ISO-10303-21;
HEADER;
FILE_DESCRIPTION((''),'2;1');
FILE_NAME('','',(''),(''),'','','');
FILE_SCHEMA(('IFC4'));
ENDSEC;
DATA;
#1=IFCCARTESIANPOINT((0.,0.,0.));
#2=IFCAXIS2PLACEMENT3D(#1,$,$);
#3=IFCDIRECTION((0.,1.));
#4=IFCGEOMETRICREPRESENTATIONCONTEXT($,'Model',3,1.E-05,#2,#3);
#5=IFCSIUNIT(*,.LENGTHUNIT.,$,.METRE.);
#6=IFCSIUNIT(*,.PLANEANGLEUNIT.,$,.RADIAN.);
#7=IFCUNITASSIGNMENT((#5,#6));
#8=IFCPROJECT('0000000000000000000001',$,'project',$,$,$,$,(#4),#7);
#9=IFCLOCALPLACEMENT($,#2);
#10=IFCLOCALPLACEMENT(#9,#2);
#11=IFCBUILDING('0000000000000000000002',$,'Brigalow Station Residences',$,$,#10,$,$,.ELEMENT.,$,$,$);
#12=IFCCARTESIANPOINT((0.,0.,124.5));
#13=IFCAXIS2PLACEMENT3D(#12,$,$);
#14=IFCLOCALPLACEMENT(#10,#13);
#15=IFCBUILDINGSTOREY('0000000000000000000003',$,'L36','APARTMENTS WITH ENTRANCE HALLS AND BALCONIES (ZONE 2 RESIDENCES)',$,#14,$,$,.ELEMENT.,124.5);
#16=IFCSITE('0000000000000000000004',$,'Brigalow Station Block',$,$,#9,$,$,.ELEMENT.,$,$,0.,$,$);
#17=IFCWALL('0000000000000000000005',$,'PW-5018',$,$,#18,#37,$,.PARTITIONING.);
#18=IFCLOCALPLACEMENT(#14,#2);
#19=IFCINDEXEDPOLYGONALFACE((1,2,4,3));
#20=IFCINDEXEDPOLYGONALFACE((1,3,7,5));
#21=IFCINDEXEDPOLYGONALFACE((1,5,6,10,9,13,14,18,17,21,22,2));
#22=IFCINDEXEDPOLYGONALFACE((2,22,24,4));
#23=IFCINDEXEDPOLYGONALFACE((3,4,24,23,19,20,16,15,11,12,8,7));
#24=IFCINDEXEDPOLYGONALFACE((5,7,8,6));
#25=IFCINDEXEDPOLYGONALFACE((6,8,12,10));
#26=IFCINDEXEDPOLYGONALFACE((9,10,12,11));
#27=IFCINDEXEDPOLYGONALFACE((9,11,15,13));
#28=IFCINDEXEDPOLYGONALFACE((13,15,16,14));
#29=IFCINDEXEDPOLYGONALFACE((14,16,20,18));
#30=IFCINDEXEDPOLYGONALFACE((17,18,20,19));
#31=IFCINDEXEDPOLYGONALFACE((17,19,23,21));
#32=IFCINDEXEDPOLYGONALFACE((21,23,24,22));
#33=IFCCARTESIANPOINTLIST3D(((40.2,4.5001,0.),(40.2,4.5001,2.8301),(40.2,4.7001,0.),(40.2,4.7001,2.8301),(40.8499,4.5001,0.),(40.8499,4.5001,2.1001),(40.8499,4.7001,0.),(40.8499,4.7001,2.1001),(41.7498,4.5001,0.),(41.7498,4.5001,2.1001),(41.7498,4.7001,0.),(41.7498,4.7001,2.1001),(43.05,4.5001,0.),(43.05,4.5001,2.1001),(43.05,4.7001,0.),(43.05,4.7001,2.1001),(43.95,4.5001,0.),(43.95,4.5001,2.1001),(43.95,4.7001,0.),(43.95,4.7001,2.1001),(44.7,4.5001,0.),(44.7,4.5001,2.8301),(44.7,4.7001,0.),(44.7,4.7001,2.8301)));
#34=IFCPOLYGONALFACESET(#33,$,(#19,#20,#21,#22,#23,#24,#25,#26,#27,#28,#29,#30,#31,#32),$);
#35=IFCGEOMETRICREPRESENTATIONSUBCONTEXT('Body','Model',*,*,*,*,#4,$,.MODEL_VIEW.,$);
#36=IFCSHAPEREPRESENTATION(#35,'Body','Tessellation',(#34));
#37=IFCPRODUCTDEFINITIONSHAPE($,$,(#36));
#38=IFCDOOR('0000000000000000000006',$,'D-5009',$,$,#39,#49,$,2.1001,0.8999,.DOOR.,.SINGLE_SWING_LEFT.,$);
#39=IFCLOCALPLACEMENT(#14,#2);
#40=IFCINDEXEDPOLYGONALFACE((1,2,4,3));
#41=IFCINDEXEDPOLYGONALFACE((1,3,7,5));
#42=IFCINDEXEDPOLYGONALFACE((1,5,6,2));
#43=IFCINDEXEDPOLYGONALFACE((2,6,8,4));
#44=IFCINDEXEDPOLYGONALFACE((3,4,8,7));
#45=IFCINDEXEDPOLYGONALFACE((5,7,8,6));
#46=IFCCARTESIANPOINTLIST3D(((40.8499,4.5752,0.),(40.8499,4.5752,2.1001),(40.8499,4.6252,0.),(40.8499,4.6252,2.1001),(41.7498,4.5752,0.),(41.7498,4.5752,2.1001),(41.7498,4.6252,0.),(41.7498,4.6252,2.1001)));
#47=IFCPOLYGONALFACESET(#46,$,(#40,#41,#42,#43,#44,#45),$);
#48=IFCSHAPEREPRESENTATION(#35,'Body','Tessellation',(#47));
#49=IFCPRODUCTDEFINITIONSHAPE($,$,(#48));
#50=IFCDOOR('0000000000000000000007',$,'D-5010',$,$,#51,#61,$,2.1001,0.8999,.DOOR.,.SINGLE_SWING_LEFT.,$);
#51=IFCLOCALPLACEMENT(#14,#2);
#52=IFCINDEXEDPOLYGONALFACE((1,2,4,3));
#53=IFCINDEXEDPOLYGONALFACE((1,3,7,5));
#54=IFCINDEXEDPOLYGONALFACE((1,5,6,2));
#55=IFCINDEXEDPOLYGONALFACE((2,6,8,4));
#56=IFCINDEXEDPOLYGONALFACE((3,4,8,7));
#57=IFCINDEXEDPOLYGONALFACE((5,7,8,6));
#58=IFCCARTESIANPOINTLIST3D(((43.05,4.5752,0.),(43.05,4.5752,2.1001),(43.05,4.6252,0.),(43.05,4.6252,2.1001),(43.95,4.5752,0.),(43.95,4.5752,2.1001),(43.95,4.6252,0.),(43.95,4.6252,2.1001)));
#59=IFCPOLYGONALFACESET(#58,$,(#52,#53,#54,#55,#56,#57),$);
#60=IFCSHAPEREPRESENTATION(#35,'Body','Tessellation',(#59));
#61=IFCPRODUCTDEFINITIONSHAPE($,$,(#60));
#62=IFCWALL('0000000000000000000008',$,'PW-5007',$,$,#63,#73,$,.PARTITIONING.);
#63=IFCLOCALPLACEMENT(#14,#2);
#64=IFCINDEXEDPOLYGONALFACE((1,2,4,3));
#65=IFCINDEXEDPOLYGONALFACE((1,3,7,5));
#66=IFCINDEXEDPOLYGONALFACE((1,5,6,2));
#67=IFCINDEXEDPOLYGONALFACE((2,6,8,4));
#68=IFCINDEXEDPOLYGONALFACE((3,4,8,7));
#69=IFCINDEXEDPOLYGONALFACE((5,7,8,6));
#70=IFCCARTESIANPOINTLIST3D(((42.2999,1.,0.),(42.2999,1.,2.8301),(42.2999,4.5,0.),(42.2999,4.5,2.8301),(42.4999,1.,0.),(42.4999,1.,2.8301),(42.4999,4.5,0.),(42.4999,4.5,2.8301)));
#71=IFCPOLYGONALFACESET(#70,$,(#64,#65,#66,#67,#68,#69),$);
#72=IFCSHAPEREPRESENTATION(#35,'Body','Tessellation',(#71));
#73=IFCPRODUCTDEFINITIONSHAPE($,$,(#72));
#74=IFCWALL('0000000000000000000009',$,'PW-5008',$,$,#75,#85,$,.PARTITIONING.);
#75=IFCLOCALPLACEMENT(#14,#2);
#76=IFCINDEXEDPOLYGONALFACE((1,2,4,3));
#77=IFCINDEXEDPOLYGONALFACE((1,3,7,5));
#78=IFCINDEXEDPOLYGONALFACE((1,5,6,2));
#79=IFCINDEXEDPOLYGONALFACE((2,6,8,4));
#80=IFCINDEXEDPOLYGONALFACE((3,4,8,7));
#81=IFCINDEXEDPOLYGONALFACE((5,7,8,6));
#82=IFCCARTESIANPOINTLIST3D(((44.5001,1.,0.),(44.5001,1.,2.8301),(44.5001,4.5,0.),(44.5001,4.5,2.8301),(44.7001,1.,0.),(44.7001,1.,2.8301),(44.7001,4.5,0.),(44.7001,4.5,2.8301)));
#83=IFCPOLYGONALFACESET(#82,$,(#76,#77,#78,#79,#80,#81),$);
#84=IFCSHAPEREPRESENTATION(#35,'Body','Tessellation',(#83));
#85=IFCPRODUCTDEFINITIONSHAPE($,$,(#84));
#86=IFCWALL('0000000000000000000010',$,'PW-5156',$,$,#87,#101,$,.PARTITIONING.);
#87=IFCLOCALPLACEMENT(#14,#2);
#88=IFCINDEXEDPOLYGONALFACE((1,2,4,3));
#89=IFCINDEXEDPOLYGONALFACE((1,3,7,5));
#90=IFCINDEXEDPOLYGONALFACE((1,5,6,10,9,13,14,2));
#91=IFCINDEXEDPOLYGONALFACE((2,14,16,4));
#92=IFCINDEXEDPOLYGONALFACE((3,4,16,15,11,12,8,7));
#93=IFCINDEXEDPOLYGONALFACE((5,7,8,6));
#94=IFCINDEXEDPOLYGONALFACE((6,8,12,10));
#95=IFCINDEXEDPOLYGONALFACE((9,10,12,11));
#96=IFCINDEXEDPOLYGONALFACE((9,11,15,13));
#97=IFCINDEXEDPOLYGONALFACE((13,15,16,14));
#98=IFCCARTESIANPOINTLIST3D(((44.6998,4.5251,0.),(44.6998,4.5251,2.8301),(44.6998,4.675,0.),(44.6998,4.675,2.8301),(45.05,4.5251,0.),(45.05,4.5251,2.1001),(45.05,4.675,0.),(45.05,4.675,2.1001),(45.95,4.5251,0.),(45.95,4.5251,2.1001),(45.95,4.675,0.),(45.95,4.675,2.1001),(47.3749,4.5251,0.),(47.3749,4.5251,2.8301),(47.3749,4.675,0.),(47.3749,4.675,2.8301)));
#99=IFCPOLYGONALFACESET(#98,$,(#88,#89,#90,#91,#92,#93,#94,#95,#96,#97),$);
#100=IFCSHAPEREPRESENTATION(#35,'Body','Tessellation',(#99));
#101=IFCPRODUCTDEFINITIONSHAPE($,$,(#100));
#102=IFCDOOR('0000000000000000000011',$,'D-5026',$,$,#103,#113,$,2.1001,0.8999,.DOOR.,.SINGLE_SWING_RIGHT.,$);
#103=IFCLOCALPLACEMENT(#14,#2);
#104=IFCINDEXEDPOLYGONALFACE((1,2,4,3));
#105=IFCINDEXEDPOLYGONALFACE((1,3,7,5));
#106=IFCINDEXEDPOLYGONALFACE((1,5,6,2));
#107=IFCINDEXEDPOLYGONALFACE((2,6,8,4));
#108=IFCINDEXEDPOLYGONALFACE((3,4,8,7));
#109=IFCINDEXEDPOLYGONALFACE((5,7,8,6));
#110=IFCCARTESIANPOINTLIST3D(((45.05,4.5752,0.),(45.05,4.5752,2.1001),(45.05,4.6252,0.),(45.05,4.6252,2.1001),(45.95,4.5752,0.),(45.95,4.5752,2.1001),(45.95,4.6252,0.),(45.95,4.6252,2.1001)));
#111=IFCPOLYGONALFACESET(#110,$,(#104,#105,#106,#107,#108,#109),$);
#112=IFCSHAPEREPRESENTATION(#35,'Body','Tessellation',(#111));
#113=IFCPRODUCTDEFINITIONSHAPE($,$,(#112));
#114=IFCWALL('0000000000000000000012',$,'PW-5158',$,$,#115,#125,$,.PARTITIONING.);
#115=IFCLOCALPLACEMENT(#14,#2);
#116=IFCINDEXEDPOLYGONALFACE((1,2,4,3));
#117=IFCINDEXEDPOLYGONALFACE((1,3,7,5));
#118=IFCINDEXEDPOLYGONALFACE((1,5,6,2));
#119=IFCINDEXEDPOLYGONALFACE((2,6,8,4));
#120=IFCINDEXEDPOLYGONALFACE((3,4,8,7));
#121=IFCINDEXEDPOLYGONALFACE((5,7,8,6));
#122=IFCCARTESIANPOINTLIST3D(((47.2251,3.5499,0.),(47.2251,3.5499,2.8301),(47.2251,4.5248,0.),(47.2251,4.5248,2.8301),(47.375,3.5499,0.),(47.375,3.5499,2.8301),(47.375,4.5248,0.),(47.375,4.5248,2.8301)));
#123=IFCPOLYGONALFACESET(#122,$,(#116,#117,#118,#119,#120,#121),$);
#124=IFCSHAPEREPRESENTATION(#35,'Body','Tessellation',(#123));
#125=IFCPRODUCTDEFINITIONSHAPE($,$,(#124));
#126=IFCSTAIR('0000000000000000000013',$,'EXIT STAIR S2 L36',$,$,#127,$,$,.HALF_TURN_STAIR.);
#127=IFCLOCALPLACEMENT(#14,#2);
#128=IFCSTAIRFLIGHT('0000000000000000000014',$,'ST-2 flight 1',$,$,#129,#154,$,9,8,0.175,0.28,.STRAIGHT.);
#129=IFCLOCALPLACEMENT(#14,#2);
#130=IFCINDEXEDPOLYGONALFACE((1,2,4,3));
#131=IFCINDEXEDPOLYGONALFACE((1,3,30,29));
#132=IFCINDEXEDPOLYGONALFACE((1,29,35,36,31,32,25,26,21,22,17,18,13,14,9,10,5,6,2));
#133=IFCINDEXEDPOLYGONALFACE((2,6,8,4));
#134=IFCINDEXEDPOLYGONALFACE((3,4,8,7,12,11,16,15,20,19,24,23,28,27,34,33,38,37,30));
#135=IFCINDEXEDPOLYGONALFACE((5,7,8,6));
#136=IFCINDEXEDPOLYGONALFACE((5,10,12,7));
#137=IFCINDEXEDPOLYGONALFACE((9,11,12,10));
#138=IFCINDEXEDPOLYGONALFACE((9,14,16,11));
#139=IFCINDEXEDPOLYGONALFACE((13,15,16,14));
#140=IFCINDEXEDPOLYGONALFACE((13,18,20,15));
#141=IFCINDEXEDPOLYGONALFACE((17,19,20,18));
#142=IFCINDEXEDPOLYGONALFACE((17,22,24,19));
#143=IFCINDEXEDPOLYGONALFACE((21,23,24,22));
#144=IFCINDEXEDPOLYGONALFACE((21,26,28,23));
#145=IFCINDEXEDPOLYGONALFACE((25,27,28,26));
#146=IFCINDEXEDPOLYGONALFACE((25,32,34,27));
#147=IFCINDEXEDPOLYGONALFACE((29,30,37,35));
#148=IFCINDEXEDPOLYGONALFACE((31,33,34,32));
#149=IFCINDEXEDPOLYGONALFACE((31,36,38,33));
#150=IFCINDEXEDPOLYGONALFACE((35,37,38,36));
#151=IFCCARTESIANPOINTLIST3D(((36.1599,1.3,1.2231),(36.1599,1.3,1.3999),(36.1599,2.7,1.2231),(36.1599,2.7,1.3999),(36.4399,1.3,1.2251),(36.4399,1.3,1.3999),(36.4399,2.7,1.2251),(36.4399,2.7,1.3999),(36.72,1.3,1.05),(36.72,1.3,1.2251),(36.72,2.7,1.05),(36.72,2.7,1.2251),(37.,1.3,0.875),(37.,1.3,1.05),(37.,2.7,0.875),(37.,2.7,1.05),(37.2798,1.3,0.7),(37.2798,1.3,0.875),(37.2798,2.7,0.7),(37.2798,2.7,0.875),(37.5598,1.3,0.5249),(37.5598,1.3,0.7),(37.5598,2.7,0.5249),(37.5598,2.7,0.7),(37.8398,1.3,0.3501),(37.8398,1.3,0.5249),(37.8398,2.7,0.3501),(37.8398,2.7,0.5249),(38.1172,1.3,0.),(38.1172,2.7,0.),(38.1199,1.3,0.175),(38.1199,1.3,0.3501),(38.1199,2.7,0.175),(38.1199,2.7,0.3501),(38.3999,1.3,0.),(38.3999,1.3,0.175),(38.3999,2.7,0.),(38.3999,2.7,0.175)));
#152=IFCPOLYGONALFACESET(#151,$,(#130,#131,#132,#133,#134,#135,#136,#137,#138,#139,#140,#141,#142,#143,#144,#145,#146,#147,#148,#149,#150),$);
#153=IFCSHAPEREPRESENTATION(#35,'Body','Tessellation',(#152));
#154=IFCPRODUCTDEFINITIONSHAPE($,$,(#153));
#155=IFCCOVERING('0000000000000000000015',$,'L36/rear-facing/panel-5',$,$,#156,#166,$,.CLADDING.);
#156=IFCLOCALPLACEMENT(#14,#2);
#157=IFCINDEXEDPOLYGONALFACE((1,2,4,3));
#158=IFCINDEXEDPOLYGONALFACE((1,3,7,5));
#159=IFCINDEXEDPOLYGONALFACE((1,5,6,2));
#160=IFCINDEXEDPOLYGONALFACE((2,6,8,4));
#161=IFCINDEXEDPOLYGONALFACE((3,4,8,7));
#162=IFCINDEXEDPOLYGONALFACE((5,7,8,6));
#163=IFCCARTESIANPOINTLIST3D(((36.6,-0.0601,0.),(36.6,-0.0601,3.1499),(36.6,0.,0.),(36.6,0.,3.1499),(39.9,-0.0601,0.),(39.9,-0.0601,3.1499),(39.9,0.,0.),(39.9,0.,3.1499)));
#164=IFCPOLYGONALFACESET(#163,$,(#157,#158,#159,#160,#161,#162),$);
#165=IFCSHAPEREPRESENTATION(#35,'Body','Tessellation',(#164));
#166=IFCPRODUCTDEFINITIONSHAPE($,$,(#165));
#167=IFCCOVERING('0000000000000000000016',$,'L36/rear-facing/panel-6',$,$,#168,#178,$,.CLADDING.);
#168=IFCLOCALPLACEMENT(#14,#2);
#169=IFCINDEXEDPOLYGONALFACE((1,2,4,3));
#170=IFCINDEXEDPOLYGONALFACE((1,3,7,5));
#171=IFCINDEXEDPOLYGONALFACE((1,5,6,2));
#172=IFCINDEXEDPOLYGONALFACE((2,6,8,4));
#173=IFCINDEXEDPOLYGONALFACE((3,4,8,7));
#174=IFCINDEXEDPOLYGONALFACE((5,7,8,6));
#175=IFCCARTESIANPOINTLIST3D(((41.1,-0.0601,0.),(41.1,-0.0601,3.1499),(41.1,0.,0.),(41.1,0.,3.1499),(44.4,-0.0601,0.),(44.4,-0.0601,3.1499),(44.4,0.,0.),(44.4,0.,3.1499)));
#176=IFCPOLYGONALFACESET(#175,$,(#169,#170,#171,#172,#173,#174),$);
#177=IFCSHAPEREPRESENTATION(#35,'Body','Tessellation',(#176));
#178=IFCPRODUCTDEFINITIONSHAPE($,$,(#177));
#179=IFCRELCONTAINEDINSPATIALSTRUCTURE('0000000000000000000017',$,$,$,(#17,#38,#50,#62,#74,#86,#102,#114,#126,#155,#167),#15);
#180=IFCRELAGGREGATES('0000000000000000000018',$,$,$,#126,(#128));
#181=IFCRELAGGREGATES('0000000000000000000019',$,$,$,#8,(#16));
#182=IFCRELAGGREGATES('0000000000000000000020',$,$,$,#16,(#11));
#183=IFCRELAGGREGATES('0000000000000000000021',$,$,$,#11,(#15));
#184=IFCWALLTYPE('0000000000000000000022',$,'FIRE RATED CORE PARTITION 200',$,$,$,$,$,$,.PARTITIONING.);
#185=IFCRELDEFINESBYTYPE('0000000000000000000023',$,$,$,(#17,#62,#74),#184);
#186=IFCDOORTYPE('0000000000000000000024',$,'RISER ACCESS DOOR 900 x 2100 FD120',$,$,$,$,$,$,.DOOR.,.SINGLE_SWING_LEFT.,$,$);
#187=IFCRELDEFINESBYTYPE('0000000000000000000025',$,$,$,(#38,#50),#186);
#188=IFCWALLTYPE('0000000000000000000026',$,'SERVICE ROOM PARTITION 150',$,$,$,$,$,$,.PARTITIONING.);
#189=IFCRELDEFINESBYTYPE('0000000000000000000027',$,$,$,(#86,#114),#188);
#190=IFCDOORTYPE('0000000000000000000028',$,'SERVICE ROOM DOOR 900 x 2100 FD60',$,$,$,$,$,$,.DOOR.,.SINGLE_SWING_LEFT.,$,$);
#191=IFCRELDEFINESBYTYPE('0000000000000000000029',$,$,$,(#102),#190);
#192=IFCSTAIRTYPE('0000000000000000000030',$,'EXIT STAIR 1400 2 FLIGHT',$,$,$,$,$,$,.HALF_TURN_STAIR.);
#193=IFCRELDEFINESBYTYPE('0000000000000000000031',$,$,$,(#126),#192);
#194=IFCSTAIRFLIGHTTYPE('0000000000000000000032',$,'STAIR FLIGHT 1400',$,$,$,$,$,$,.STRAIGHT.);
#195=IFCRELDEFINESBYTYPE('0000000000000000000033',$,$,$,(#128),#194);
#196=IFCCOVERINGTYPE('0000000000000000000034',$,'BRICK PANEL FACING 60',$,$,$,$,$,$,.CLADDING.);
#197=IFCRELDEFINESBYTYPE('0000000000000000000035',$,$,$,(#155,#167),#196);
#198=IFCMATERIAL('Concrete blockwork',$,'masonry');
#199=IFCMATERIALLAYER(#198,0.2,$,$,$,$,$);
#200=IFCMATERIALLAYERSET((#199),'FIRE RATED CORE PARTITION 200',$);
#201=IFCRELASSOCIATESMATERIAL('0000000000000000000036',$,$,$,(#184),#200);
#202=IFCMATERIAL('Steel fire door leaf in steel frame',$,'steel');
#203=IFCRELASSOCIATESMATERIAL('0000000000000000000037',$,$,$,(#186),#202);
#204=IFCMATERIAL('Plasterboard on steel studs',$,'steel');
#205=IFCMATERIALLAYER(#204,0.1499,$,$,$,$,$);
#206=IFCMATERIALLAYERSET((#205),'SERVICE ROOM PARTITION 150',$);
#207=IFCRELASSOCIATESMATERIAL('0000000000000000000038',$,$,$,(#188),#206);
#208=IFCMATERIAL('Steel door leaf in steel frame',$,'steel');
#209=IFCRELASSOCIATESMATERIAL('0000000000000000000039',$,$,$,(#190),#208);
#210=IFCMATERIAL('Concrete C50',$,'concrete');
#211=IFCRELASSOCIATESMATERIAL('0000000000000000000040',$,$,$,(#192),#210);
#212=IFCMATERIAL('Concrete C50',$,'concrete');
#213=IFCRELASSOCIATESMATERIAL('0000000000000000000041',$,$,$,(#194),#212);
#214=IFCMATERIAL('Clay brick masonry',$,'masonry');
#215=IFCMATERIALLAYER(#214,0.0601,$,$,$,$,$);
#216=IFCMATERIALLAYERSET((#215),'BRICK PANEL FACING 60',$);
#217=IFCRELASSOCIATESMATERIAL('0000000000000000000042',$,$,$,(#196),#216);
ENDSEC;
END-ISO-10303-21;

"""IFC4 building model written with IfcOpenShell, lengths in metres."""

from ifc_helpers import new_model, si_unit, direction, frame, frame_2d, origin, origin_2d, place, context, subcontext, project, spatial, polyline, rectangle, outline, extrude, material, layer, layer_set, type_object, element, fill, aggregate, save


model = new_model("IFC4")

# Units and contexts
model_context = context("Model", 3, precision=1e-05, world=origin(), true_north=direction((0.0, 1.0)))
body_context = subcontext(model_context, "Body", "Model", "MODEL_VIEW")
ifc_project = project(units=[si_unit("LENGTHUNIT", "METRE"), si_unit("PLANEANGLEUNIT", "RADIAN")], contexts=[model_context])

# Site, building, storey
site_placement = place(None, origin())
site = spatial("IfcSite", under=ifc_project, at=site_placement, Name="Brigalow Station Block", CompositionType="ELEMENT", RefElevation=0.0)
building_placement = place(site_placement, origin())
building = spatial("IfcBuilding", under=site, at=building_placement, Name="Brigalow Station Residences", CompositionType="ELEMENT")
storey_placement = place(building_placement, frame((0.0, 0.0, 124.5)))
storey = spatial("IfcBuildingStorey", under=building, at=storey_placement, Name="L36", Description="APARTMENTS WITH ENTRANCE HALLS AND BALCONIES (ZONE 2 RESIDENCES)", CompositionType="ELEMENT", Elevation=124.5)

# Wall, openings, doors
ifc_material_1 = material(Name="Concrete blockwork", Category="masonry")
ifc_layer_1 = layer(ifc_material_1, 0.2)
ifc_layer_set_1 = layer_set([ifc_layer_1], Name="FIRE RATED CORE PARTITION 200")
wall_type_1 = type_object("IfcWallType", Name="FIRE RATED CORE PARTITION 200", PredefinedType="PARTITIONING", material=ifc_layer_set_1)
wall_1_placement = place(storey_placement, frame((40.2, 4.6001, 0.0), z_axis=(0.0, 0.0, 1.0), x_axis=(1.0, 0.0, 0.0)))
wall_1 = element("IfcWall", 1, at=wall_1_placement, inside=storey, type_object=wall_type_1, Name="PW-5018", PredefinedType="PARTITIONING", context=body_context, shape_type="SweptSolid", body=[
    extrude(rectangle(XDim=4.5, YDim=0.2, at=frame_2d((2.25, 0.0))), origin(), (0.0, 0.0, 1.0), 2.8301),
])
opening_1_placement = place(wall_1_placement, frame((0.6499, 0.0, 0.0)))
opening_1 = element("IfcOpeningElement", 2, at=opening_1_placement, cuts=wall_1, PredefinedType="OPENING", context=body_context, shape_type="SweptSolid", body=[
    extrude(rectangle(XDim=0.8999, YDim=2.1001, at=frame_2d((0.45, 1.05))), frame((0.0, 0.1099, 0.0), z_axis=(0.0, -1.0, 0.0), x_axis=(1.0, 0.0, 0.0)), (0.0, 0.0, 1.0), 0.22),
])
opening_2_placement = place(wall_1_placement, frame((2.8501, 0.0, 0.0)))
opening_2 = element("IfcOpeningElement", 3, at=opening_2_placement, cuts=wall_1, PredefinedType="OPENING", context=body_context, shape_type="SweptSolid", body=[
    extrude(rectangle(XDim=0.8999, YDim=2.1001, at=frame_2d((0.45, 1.05))), frame((0.0, 0.1099, 0.0), z_axis=(0.0, -1.0, 0.0), x_axis=(1.0, 0.0, 0.0)), (0.0, 0.0, 1.0), 0.22),
])
ifc_material_2 = material(Name="Steel fire door leaf in steel frame", Category="steel")
door_type_1 = type_object("IfcDoorType", Name="RISER ACCESS DOOR 900 x 2100 FD120", OperationType="SINGLE_SWING_LEFT", PredefinedType="DOOR", material=ifc_material_2)
door_1_placement = place(opening_1_placement, frame((0.8999, 0.0, 0.0), z_axis=(0.0, 0.0, 1.0), x_axis=(-1.0, 0.0, 0.0)))
door_1 = element("IfcDoor", 4, at=door_1_placement, inside=storey, type_object=door_type_1, Name="D-5009", OperationType="SINGLE_SWING_LEFT", OverallHeight=2.1001, OverallWidth=0.8999, PredefinedType="DOOR", context=body_context, shape_type="SweptSolid", body=[
    extrude(rectangle(XDim=0.8999, YDim=2.1001, at=frame_2d((0.45, 1.05))), frame((0.0, 0.0249, 0.0), z_axis=(0.0, -1.0, 0.0), x_axis=(1.0, 0.0, 0.0)), (0.0, 0.0, 1.0), 0.05),
])
fill(opening_1, door_1)
door_2_placement = place(opening_2_placement, frame((0.8999, 0.0, 0.0), z_axis=(0.0, 0.0, 1.0), x_axis=(-1.0, 0.0, 0.0)))
door_2 = element("IfcDoor", 5, at=door_2_placement, inside=storey, type_object=door_type_1, Name="D-5010", OperationType="SINGLE_SWING_LEFT", OverallHeight=2.1001, OverallWidth=0.8999, PredefinedType="DOOR", context=body_context, shape_type="SweptSolid", body=[
    extrude(rectangle(XDim=0.8999, YDim=2.1001, at=frame_2d((0.45, 1.05))), frame((0.0, 0.0249, 0.0), z_axis=(0.0, -1.0, 0.0), x_axis=(1.0, 0.0, 0.0)), (0.0, 0.0, 1.0), 0.05),
])
fill(opening_2, door_2)

# Walls
for number, where, z_axis, x_axis, name in (
    (6, (42.3999, 1.0, 0.0), (0.0, 0.0, 1.0), (0.0, 1.0, 0.0), "PW-5007"),
    (7, (44.6001, 1.0, 0.0), (0.0, 0.0, 1.0), (0.0, 1.0, 0.0), "PW-5008"),
):
    element("IfcWall", number, at=place(storey_placement, frame(where, z_axis=z_axis, x_axis=x_axis)), inside=storey, type_object=wall_type_1, Name=name, PredefinedType="PARTITIONING", context=body_context, shape_type="SweptSolid", body=[
        extrude(rectangle(XDim=3.5, YDim=0.2, at=frame_2d((1.75, 0.0))), origin(), (0.0, 0.0, 1.0), 2.8301),
    ])

# Wall, opening, door
ifc_material_3 = material(Name="Plasterboard on steel studs", Category="steel")
ifc_layer_2 = layer(ifc_material_3, 0.1499)
ifc_layer_set_2 = layer_set([ifc_layer_2], Name="SERVICE ROOM PARTITION 150")
wall_type_2 = type_object("IfcWallType", Name="SERVICE ROOM PARTITION 150", PredefinedType="PARTITIONING", material=ifc_layer_set_2)
wall_2_placement = place(storey_placement, frame((44.7, 4.6001, 0.0), z_axis=(0.0, 0.0, 1.0), x_axis=(1.0, 0.0, 0.0)))
wall_2 = element("IfcWall", 8, at=wall_2_placement, inside=storey, type_object=wall_type_2, Name="PW-5156", PredefinedType="PARTITIONING", context=body_context, shape_type="SweptSolid", body=[
    extrude(rectangle(XDim=2.675, YDim=0.1499, at=frame_2d((1.3374, 0.0))), origin(), (0.0, 0.0, 1.0), 2.8301),
])
opening_3_placement = place(wall_2_placement, frame((0.3501, 0.0, 0.0)))
opening_3 = element("IfcOpeningElement", 9, at=opening_3_placement, cuts=wall_2, PredefinedType="OPENING", context=body_context, shape_type="SweptSolid", body=[
    extrude(rectangle(XDim=0.8999, YDim=2.1001, at=frame_2d((0.45, 1.05))), frame((0.0, 0.085, 0.0), z_axis=(0.0, -1.0, 0.0), x_axis=(1.0, 0.0, 0.0)), (0.0, 0.0, 1.0), 0.1699),
])
ifc_material_4 = material(Name="Steel door leaf in steel frame", Category="steel")
door_type_2 = type_object("IfcDoorType", Name="SERVICE ROOM DOOR 900 x 2100 FD60", OperationType="SINGLE_SWING_LEFT", PredefinedType="DOOR", material=ifc_material_4)
door_3_placement = place(opening_3_placement, frame((0.8999, 0.0, 0.0), z_axis=(0.0, 0.0, 1.0), x_axis=(-1.0, 0.0, 0.0)))
door_3 = element("IfcDoor", 10, at=door_3_placement, inside=storey, type_object=door_type_2, Name="D-5026", OperationType="SINGLE_SWING_RIGHT", OverallHeight=2.1001, OverallWidth=0.8999, PredefinedType="DOOR", context=body_context, shape_type="SweptSolid", body=[
    extrude(rectangle(XDim=0.8999, YDim=2.1001, at=frame_2d((0.45, 1.05))), frame((0.0, 0.0249, 0.0), z_axis=(0.0, -1.0, 0.0), x_axis=(1.0, 0.0, 0.0)), (0.0, 0.0, 1.0), 0.05),
])
fill(opening_3, door_3)

# Wall
wall_3_placement = place(storey_placement, frame((47.3, 3.55, 0.0), z_axis=(0.0, 0.0, 1.0), x_axis=(0.0, 1.0, 0.0)))
element("IfcWall", 11, at=wall_3_placement, inside=storey, type_object=wall_type_2, Name="PW-5158", PredefinedType="PARTITIONING", context=body_context, shape_type="SweptSolid", body=[
    extrude(rectangle(XDim=0.9749, YDim=0.1499, at=frame_2d((0.4873, 0.0))), origin(), (0.0, 0.0, 1.0), 2.8301),
])

# Stair, stair flight
ifc_material_5 = material(Name="Concrete C50", Category="concrete")
stair_type = type_object("IfcStairType", Name="EXIT STAIR 1400 2 FLIGHT", PredefinedType="HALF_TURN_STAIR", material=ifc_material_5)
stair_placement = place(storey_placement, origin())
stair = element("IfcStair", 12, at=stair_placement, inside=storey, type_object=stair_type, Name="EXIT STAIR S2 L36", PredefinedType="HALF_TURN_STAIR")
ifc_material_6 = material(Name="Concrete C50", Category="concrete")
stair_flight_type = type_object("IfcStairFlightType", Name="STAIR FLIGHT 1400", PredefinedType="STRAIGHT", material=ifc_material_6)
stair_flight_placement = place(storey_placement, frame((38.3999, 2.0, 0.0), z_axis=(0.0, 0.0, 1.0), x_axis=(-1.0, 0.0, 0.0)))
stair_flight = element("IfcStairFlight", 13, at=stair_flight_placement, type_object=stair_flight_type, Name="ST-2 flight 1", NumberOfRisers=9, NumberOfTreads=8, PredefinedType="STRAIGHT", RiserHeight=0.175, TreadLength=0.28, context=body_context, shape_type="SweptSolid", body=[
    extrude(outline(polyline([(0.0, 0.0), (0.0, 0.175), (0.28, 0.175), (0.28, 0.3501), (0.5601, 0.3501), (0.5601, 0.5249), (0.8401, 0.5249), (0.8401, 0.7), (1.1201, 0.7), (1.1201, 0.875), (1.3999, 0.875), (1.3999, 1.05), (1.6799, 1.05), (1.6799, 1.2251), (1.96, 1.2251), (1.96, 1.3999), (2.24, 1.3999), (2.24, 1.575), (2.24, 1.2231), (0.2827, 0.0), (0.0, 0.0)])), frame((0.0, 0.7, 0.0), z_axis=(0.0, -1.0, 0.0), x_axis=(1.0, 0.0, 0.0)), (0.0, 0.0, 1.0), 1.3999),
])
aggregate(stair, [stair_flight])

# Coverings
ifc_material_7 = material(Name="Clay brick masonry", Category="masonry")
ifc_layer_3 = layer(ifc_material_7, 0.0601)
ifc_layer_set_3 = layer_set([ifc_layer_3], Name="BRICK PANEL FACING 60")
covering_type_1 = type_object("IfcCoveringType", Name="BRICK PANEL FACING 60", PredefinedType="CLADDING", material=ifc_layer_set_3)
for number, where, z_axis, x_axis, name in (
    (14, (38.25, -0.03, 0.0), (0.0, 0.0, 1.0), (1.0, 0.0, 0.0), "L36/rear-facing/panel-5"),
    (15, (42.75, -0.03, 0.0), (0.0, 0.0, 1.0), (1.0, 0.0, 0.0), "L36/rear-facing/panel-6"),
):
    element("IfcCovering", number, at=place(storey_placement, frame(where, z_axis=z_axis, x_axis=x_axis)), inside=storey, type_object=covering_type_1, Name=name, PredefinedType="CLADDING", context=body_context, shape_type="SweptSolid", body=[
        extrude(rectangle(XDim=3.3, YDim=0.0601, at=origin_2d()), origin(), (0.0, 0.0, 1.0), 3.1499),
    ])

save(model, "model.ifc")
